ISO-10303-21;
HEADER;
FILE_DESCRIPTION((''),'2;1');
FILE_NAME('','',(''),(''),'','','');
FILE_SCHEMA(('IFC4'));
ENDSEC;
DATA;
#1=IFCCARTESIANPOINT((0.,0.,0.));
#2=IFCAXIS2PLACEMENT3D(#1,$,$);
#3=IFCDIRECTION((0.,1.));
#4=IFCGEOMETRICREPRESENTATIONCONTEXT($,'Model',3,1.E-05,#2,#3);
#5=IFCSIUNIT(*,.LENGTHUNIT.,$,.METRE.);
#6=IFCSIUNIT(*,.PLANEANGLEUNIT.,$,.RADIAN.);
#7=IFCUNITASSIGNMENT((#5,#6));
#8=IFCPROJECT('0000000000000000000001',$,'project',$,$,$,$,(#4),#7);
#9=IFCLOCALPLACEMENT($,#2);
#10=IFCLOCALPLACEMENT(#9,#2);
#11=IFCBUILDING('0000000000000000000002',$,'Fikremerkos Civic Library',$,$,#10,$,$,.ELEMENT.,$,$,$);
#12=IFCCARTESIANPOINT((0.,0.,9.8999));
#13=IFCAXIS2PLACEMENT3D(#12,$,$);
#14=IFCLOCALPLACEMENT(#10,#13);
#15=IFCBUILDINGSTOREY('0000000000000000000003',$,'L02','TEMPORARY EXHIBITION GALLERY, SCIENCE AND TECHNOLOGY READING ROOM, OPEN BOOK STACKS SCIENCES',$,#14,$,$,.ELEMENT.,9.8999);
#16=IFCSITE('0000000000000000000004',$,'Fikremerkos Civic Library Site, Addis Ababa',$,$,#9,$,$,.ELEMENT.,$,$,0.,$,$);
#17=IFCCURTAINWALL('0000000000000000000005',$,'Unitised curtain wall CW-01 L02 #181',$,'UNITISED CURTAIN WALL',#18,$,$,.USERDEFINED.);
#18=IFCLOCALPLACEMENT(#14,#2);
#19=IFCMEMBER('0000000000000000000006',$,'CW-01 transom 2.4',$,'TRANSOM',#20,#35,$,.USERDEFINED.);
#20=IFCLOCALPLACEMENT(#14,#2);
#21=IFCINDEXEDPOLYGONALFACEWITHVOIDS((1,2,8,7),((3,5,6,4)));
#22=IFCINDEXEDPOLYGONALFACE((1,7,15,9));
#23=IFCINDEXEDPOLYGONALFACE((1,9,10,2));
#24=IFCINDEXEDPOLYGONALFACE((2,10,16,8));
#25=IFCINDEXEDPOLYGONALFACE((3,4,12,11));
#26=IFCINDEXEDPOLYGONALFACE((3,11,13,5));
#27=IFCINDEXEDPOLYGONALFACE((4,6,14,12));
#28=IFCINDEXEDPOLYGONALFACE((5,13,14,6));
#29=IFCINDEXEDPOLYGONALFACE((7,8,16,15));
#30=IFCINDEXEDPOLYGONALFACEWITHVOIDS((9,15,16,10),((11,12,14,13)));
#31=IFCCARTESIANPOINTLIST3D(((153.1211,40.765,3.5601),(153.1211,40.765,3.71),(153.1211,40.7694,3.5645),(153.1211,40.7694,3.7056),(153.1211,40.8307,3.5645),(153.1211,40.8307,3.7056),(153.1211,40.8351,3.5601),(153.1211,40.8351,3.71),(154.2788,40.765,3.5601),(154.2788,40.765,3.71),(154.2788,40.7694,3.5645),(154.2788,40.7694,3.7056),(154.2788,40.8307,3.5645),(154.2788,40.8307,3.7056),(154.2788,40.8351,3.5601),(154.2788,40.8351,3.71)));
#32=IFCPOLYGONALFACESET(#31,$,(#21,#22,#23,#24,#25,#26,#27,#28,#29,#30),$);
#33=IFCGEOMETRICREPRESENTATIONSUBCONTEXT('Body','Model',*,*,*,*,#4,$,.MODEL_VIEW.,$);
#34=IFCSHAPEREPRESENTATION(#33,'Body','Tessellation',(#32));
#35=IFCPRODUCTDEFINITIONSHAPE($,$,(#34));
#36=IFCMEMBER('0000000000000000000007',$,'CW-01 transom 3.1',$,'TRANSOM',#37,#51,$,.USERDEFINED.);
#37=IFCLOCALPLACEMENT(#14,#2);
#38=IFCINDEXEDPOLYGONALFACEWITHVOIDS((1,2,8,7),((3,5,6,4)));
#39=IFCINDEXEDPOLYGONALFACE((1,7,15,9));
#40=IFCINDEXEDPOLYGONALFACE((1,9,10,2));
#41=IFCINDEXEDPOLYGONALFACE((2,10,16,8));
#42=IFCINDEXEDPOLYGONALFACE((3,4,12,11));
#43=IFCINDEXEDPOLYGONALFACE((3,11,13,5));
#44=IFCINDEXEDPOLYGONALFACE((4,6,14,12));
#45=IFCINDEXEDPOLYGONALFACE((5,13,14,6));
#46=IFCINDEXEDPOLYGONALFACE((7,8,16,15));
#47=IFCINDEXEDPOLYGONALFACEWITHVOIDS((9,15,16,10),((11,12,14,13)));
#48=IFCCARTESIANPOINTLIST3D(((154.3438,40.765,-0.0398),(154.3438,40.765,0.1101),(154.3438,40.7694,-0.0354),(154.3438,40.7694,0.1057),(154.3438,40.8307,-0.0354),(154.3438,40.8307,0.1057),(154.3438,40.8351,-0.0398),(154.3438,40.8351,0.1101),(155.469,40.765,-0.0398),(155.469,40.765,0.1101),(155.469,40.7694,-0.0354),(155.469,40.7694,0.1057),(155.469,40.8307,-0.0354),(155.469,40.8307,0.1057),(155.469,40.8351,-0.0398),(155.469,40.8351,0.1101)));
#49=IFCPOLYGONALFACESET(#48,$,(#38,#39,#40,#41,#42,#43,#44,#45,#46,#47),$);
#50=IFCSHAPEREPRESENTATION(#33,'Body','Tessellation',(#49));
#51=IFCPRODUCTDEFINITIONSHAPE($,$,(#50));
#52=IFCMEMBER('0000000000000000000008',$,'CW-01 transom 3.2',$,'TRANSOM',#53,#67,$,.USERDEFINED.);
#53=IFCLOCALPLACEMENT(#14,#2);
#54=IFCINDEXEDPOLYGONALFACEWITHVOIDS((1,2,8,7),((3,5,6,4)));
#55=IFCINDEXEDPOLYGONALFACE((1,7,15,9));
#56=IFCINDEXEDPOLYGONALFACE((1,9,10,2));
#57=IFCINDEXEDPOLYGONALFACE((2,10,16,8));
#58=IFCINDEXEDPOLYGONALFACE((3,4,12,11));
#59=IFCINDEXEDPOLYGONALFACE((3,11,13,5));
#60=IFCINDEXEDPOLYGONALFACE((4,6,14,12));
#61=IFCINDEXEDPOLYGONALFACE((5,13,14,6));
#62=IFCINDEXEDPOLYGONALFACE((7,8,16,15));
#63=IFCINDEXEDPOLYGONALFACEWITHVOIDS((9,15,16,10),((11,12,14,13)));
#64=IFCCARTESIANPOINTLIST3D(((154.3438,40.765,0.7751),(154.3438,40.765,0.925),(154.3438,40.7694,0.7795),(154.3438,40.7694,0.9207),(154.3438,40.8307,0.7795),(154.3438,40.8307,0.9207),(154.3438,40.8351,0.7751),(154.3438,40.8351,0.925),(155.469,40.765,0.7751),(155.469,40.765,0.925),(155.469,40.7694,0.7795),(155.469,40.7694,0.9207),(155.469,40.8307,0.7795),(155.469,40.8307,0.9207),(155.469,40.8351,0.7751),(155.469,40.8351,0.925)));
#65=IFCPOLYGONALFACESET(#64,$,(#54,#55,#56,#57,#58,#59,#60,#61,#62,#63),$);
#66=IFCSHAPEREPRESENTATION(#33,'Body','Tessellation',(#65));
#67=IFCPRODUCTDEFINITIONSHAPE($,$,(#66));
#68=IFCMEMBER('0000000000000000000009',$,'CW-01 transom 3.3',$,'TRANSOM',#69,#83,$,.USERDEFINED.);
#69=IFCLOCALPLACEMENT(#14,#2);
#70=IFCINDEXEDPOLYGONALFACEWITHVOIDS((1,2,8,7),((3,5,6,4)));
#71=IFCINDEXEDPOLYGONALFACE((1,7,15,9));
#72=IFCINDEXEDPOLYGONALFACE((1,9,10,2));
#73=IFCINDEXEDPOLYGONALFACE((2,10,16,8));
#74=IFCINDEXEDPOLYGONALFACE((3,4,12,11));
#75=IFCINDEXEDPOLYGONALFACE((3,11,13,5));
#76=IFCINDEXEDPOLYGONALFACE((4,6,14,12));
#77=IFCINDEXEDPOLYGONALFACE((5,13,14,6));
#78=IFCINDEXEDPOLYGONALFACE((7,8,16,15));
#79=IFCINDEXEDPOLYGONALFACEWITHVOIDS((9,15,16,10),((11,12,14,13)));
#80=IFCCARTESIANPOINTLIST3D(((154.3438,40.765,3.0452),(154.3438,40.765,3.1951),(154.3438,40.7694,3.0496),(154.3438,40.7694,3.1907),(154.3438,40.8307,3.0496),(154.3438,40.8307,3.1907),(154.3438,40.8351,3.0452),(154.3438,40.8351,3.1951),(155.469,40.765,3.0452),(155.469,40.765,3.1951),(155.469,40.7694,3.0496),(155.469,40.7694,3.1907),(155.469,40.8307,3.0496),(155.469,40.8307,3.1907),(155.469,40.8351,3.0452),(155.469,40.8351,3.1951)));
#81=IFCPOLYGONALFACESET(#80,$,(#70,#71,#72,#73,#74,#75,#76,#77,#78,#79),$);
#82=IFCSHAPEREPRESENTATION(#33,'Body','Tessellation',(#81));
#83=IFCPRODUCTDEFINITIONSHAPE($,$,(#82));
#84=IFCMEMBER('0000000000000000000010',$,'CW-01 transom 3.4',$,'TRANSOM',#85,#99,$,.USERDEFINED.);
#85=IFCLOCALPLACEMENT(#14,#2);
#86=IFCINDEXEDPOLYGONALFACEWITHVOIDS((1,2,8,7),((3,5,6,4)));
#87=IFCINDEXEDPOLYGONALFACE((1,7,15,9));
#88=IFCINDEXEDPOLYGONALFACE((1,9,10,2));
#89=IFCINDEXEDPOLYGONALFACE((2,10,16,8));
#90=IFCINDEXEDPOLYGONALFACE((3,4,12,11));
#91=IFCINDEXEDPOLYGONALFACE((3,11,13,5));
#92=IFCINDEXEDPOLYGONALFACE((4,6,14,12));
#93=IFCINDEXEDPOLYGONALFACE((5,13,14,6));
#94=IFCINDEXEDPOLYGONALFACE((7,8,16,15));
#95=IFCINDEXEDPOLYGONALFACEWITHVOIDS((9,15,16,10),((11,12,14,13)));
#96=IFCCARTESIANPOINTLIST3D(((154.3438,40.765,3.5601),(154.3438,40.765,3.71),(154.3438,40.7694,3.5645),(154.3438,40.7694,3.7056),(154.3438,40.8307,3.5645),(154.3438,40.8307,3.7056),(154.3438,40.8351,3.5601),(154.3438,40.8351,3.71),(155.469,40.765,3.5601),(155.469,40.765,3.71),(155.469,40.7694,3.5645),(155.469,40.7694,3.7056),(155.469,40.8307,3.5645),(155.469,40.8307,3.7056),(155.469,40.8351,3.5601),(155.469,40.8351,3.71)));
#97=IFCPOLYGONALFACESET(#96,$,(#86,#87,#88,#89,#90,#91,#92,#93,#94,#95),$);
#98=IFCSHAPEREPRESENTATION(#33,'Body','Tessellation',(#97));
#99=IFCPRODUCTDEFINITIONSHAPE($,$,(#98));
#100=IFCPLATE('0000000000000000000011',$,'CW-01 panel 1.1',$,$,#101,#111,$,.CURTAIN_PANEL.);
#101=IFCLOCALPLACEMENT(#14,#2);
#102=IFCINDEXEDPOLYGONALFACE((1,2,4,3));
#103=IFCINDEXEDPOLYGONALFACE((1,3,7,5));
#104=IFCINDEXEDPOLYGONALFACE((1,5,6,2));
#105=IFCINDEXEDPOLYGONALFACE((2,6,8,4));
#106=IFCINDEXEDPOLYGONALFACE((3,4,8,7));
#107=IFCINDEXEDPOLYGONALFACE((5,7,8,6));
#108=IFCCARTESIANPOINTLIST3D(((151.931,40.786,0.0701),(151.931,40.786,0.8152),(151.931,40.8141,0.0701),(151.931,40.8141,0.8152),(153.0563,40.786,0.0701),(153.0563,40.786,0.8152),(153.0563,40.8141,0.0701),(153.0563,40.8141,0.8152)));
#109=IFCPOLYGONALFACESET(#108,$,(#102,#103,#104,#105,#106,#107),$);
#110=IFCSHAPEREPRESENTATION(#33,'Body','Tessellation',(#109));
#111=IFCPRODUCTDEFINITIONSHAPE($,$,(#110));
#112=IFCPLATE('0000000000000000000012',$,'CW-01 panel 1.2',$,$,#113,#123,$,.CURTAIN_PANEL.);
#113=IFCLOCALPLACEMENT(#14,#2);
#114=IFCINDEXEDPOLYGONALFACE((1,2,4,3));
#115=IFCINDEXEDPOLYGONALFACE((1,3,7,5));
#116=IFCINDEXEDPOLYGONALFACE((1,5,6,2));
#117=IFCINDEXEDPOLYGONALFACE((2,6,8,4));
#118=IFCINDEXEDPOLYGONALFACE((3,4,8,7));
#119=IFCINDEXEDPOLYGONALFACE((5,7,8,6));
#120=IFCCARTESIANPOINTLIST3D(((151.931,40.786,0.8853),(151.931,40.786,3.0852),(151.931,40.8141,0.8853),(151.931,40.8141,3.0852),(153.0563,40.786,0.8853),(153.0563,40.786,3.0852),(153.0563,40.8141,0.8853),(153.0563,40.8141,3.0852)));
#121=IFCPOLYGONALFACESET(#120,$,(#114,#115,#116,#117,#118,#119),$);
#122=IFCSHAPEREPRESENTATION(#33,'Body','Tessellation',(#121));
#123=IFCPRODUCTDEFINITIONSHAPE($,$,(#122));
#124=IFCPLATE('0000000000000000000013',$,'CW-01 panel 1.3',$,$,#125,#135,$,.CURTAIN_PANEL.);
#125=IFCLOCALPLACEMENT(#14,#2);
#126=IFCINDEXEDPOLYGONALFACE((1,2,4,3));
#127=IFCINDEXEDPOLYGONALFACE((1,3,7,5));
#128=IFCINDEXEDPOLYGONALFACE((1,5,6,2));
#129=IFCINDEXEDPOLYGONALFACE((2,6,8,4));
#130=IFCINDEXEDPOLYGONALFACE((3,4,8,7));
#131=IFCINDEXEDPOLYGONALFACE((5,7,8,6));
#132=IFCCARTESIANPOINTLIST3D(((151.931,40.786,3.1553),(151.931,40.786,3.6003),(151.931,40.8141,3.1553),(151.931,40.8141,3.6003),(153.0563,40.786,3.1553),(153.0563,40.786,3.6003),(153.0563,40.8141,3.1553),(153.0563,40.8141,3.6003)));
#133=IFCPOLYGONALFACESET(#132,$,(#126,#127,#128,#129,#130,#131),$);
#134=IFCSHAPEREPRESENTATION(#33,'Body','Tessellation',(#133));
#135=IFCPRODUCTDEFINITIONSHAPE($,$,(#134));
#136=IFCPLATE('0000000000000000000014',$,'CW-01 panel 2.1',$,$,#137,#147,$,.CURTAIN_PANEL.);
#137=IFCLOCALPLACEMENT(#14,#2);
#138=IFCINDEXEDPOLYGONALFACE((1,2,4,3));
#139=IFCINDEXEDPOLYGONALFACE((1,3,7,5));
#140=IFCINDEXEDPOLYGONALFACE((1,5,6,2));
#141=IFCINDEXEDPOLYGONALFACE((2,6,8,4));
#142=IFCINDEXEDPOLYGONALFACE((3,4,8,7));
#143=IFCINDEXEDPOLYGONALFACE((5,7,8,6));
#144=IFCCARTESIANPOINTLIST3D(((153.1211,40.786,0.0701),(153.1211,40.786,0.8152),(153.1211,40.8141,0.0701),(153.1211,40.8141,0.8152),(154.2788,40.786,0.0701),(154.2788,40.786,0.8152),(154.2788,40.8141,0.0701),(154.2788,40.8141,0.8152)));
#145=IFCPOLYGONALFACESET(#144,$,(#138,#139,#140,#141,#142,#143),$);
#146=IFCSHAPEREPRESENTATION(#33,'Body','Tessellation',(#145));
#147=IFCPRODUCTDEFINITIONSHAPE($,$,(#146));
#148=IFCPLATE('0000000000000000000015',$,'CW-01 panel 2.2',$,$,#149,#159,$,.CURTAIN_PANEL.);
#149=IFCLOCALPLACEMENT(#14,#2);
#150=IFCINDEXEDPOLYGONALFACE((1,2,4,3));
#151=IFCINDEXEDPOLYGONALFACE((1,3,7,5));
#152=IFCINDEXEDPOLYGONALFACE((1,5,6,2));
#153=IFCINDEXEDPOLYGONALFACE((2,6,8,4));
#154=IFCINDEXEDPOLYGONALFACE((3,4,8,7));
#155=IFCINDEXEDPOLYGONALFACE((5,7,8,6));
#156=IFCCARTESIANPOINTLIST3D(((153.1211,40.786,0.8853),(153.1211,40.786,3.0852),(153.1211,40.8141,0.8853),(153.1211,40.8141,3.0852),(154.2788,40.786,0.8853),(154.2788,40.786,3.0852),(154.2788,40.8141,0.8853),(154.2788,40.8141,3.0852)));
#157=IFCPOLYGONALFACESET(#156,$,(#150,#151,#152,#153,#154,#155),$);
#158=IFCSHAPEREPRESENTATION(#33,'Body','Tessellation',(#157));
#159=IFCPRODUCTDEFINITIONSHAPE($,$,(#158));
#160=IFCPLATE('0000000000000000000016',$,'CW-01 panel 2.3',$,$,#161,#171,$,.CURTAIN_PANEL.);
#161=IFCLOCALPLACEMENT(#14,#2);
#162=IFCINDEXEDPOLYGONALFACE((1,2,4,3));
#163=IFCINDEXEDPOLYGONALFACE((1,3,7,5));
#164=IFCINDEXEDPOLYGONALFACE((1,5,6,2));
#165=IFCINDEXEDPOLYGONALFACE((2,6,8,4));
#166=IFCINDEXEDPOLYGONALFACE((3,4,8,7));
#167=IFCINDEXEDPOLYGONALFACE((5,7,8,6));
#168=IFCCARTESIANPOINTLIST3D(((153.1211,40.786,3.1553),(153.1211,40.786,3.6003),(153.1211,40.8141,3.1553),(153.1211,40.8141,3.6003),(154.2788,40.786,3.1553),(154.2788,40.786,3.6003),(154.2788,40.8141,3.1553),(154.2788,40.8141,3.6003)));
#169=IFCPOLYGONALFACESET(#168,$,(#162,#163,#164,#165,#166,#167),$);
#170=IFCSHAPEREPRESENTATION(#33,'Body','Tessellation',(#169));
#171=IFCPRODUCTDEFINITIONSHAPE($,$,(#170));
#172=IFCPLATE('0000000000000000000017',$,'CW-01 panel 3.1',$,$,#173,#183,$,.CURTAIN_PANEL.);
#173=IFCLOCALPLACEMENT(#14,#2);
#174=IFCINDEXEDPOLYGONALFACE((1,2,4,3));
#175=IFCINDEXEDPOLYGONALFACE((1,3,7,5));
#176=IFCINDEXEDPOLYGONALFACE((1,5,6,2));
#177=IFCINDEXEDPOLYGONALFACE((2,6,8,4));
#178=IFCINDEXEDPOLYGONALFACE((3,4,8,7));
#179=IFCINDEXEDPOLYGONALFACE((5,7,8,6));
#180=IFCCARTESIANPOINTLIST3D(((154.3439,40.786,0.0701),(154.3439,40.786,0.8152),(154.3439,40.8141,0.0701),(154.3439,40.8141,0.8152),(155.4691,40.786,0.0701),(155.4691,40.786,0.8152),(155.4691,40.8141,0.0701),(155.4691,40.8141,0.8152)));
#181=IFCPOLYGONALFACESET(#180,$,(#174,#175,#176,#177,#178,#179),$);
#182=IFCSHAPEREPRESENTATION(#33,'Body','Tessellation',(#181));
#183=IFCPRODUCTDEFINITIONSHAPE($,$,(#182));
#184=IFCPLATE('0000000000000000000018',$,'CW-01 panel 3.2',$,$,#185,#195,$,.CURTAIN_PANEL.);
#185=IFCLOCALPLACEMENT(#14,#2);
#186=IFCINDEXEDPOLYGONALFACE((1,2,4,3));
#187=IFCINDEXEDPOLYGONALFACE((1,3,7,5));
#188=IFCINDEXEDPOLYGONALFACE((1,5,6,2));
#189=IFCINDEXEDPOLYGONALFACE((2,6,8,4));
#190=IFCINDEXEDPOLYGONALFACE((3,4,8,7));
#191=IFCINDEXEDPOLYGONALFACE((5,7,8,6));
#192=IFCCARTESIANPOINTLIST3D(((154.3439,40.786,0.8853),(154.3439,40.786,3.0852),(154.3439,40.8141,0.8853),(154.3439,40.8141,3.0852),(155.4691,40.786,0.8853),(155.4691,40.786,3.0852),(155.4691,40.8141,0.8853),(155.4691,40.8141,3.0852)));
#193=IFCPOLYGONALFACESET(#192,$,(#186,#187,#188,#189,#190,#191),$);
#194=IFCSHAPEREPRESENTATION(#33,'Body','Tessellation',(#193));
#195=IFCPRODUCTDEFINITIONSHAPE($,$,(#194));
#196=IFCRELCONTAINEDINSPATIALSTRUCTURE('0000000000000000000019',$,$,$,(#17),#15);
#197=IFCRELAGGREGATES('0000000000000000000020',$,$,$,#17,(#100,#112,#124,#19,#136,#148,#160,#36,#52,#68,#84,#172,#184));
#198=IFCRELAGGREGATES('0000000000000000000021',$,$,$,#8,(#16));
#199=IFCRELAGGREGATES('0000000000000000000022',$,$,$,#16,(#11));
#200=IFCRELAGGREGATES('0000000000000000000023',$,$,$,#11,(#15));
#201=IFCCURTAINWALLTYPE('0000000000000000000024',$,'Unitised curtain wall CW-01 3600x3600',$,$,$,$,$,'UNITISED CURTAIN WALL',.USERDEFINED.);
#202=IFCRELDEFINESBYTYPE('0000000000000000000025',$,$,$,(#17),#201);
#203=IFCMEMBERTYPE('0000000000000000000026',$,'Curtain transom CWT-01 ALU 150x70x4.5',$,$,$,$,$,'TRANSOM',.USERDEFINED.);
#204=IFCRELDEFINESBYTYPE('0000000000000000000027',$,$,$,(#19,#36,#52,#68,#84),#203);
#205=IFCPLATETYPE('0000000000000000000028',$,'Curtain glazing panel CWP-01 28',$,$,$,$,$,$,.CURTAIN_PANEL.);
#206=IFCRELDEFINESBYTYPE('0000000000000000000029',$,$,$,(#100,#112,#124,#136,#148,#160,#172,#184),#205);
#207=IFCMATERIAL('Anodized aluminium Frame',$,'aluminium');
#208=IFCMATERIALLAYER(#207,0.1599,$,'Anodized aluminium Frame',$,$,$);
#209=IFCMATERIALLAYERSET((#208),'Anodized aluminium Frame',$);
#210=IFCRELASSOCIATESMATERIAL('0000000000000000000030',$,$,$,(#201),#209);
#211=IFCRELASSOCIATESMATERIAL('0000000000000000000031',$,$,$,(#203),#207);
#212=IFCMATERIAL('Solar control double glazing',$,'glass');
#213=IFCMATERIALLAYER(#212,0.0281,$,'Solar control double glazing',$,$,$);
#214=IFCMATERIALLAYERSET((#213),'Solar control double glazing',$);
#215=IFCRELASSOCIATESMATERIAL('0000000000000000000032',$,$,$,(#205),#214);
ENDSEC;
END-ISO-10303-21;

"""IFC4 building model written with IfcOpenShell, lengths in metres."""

from ifc_helpers import new_model, si_unit, direction, frame, origin, origin_2d, place, context, subcontext, project, spatial, rectangle, hollow_rectangle, extrude, material, layer, layer_set, material_profile, profile_set, type_object, element, aggregate, save


model = new_model("IFC4")

# Units and contexts
model_context = context("Model", 3, precision=1e-05, world=origin(), true_north=direction((0.0, 1.0)))
body_context = subcontext(model_context, "Body", "Model", "MODEL_VIEW")
ifc_project = project(units=[si_unit("LENGTHUNIT", "METRE"), si_unit("PLANEANGLEUNIT", "RADIAN")], contexts=[model_context])

# Site, building, storey
site_placement = place(None, origin())
site = spatial("IfcSite", under=ifc_project, at=site_placement, Name="Fikremerkos Civic Library Site, Addis Ababa", CompositionType="ELEMENT", RefElevation=0.0)
building_placement = place(site_placement, origin())
building = spatial("IfcBuilding", under=site, at=building_placement, Name="Fikremerkos Civic Library", CompositionType="ELEMENT")
storey_placement = place(building_placement, frame((0.0, 0.0, 9.8999)))
storey = spatial("IfcBuildingStorey", under=building, at=storey_placement, Name="L02", Description="TEMPORARY EXHIBITION GALLERY, SCIENCE AND TECHNOLOGY READING ROOM, OPEN BOOK STACKS SCIENCES", CompositionType="ELEMENT", Elevation=9.8999)

# Curtain wall
ifc_material_1 = material(Name="Anodized aluminium Frame", Category="aluminium")
ifc_layer_1 = layer(ifc_material_1, 0.1599, Name="Anodized aluminium Frame")
ifc_layer_set_1 = layer_set([ifc_layer_1], Name="Anodized aluminium Frame")
curtain_wall_type_1 = type_object("IfcCurtainWallType", Name="Unitised curtain wall CW-01 3600x3600", ElementType="UNITISED CURTAIN WALL", PredefinedType="USERDEFINED", material=ifc_layer_set_1)
curtain_wall_1_placement = place(storey_placement, origin())
curtain_wall_1 = element("IfcCurtainWall", 1, at=curtain_wall_1_placement, inside=storey, type_object=curtain_wall_type_1, Name="Unitised curtain wall CW-01 L02 #181", ObjectType="UNITISED CURTAIN WALL", PredefinedType="USERDEFINED")

# Members
ifc_material_profile_1 = material_profile(ifc_material_1, hollow_rectangle(XDim=0.0701, YDim=0.1499, WallThickness=0.0044, at=origin_2d()), Name="ALU 150x70x4.5")
ifc_profile_set_1 = profile_set([ifc_material_profile_1], Name="Anodized aluminium Frame")
member_type_1 = type_object("IfcMemberType", Name="Curtain transom CWT-01 ALU 150x70x4.5", ElementType="TRANSOM", PredefinedType="USERDEFINED", material=ifc_profile_set_1)
member_1_placement = place(storey_placement, frame((153.1211, 40.8, 3.635), z_axis=(1.0, 0.0, 0.0), x_axis=(0.0, 1.0, 0.0)))
member_1 = element("IfcMember", 2, at=member_1_placement, type_object=member_type_1, Name="CW-01 transom 2.4", ObjectType="TRANSOM", PredefinedType="USERDEFINED", context=body_context, shape_type="SweptSolid", body=[
    extrude(hollow_rectangle(XDim=0.0701, YDim=0.1499, WallThickness=0.0044, at=origin_2d()), origin(), (0.0, 0.0, 1.0), 1.1577),
])
member_2_placement = place(storey_placement, frame((154.3438, 40.8, 0.0352), z_axis=(1.0, 0.0, 0.0), x_axis=(0.0, 1.0, 0.0)))
member_2 = element("IfcMember", 3, at=member_2_placement, type_object=member_type_1, Name="CW-01 transom 3.1", ObjectType="TRANSOM", PredefinedType="USERDEFINED", context=body_context, shape_type="SweptSolid", body=[
    extrude(hollow_rectangle(XDim=0.0701, YDim=0.1499, WallThickness=0.0044, at=origin_2d()), origin(), (0.0, 0.0, 1.0), 1.1252),
])
member_3_placement = place(storey_placement, frame((154.3438, 40.8, 0.8501), z_axis=(1.0, 0.0, 0.0), x_axis=(0.0, 1.0, 0.0)))
member_3 = element("IfcMember", 4, at=member_3_placement, type_object=member_type_1, Name="CW-01 transom 3.2", ObjectType="TRANSOM", PredefinedType="USERDEFINED", context=body_context, shape_type="SweptSolid", body=[
    extrude(hollow_rectangle(XDim=0.0701, YDim=0.1499, WallThickness=0.0044, at=origin_2d()), origin(), (0.0, 0.0, 1.0), 1.1252),
])
member_4_placement = place(storey_placement, frame((154.3438, 40.8, 3.1201), z_axis=(1.0, 0.0, 0.0), x_axis=(0.0, 1.0, 0.0)))
member_4 = element("IfcMember", 5, at=member_4_placement, type_object=member_type_1, Name="CW-01 transom 3.3", ObjectType="TRANSOM", PredefinedType="USERDEFINED", context=body_context, shape_type="SweptSolid", body=[
    extrude(hollow_rectangle(XDim=0.0701, YDim=0.1499, WallThickness=0.0044, at=origin_2d()), origin(), (0.0, 0.0, 1.0), 1.1252),
])
member_5_placement = place(storey_placement, frame((154.3438, 40.8, 3.635), z_axis=(1.0, 0.0, 0.0), x_axis=(0.0, 1.0, 0.0)))
member_5 = element("IfcMember", 6, at=member_5_placement, type_object=member_type_1, Name="CW-01 transom 3.4", ObjectType="TRANSOM", PredefinedType="USERDEFINED", context=body_context, shape_type="SweptSolid", body=[
    extrude(hollow_rectangle(XDim=0.0701, YDim=0.1499, WallThickness=0.0044, at=origin_2d()), origin(), (0.0, 0.0, 1.0), 1.1252),
])

# Plates
ifc_material_2 = material(Name="Solar control double glazing", Category="glass")
ifc_layer_2 = layer(ifc_material_2, 0.0281, Name="Solar control double glazing")
ifc_layer_set_2 = layer_set([ifc_layer_2], Name="Solar control double glazing")
plate_type = type_object("IfcPlateType", Name="Curtain glazing panel CWP-01 28", PredefinedType="CURTAIN_PANEL", material=ifc_layer_set_2)
plate_1_placement = place(storey_placement, frame((152.4937, 40.8, 0.0701), z_axis=(0.0, 0.0, 1.0), x_axis=(1.0, 0.0, 0.0)))
plate_1 = element("IfcPlate", 7, at=plate_1_placement, type_object=plate_type, Name="CW-01 panel 1.1", PredefinedType="CURTAIN_PANEL", context=body_context, shape_type="SweptSolid", body=[
    extrude(rectangle(XDim=1.1252, YDim=0.0281, at=origin_2d()), origin(), (0.0, 0.0, 1.0), 0.7451),
])
plate_2_placement = place(storey_placement, frame((152.4937, 40.8, 0.8853), z_axis=(0.0, 0.0, 1.0), x_axis=(1.0, 0.0, 0.0)))
plate_2 = element("IfcPlate", 8, at=plate_2_placement, type_object=plate_type, Name="CW-01 panel 1.2", PredefinedType="CURTAIN_PANEL", context=body_context, shape_type="SweptSolid", body=[
    extrude(rectangle(XDim=1.1252, YDim=0.0281, at=origin_2d()), origin(), (0.0, 0.0, 1.0), 2.2),
])
plate_3_placement = place(storey_placement, frame((152.4937, 40.8, 3.1553), z_axis=(0.0, 0.0, 1.0), x_axis=(1.0, 0.0, 0.0)))
plate_3 = element("IfcPlate", 9, at=plate_3_placement, type_object=plate_type, Name="CW-01 panel 1.3", PredefinedType="CURTAIN_PANEL", context=body_context, shape_type="SweptSolid", body=[
    extrude(rectangle(XDim=1.1252, YDim=0.0281, at=origin_2d()), origin(), (0.0, 0.0, 1.0), 0.4451),
])
plate_4_placement = place(storey_placement, frame((153.7, 40.8, 0.0701), z_axis=(0.0, 0.0, 1.0), x_axis=(1.0, 0.0, 0.0)))
plate_4 = element("IfcPlate", 10, at=plate_4_placement, type_object=plate_type, Name="CW-01 panel 2.1", PredefinedType="CURTAIN_PANEL", context=body_context, shape_type="SweptSolid", body=[
    extrude(rectangle(XDim=1.1577, YDim=0.0281, at=origin_2d()), origin(), (0.0, 0.0, 1.0), 0.7451),
])
plate_5_placement = place(storey_placement, frame((153.7, 40.8, 0.8853), z_axis=(0.0, 0.0, 1.0), x_axis=(1.0, 0.0, 0.0)))
plate_5 = element("IfcPlate", 11, at=plate_5_placement, type_object=plate_type, Name="CW-01 panel 2.2", PredefinedType="CURTAIN_PANEL", context=body_context, shape_type="SweptSolid", body=[
    extrude(rectangle(XDim=1.1577, YDim=0.0281, at=origin_2d()), origin(), (0.0, 0.0, 1.0), 2.2),
])
plate_6_placement = place(storey_placement, frame((153.7, 40.8, 3.1553), z_axis=(0.0, 0.0, 1.0), x_axis=(1.0, 0.0, 0.0)))
plate_6 = element("IfcPlate", 12, at=plate_6_placement, type_object=plate_type, Name="CW-01 panel 2.3", PredefinedType="CURTAIN_PANEL", context=body_context, shape_type="SweptSolid", body=[
    extrude(rectangle(XDim=1.1577, YDim=0.0281, at=origin_2d()), origin(), (0.0, 0.0, 1.0), 0.4451),
])
plate_7_placement = place(storey_placement, frame((154.9065, 40.8, 0.0701), z_axis=(0.0, 0.0, 1.0), x_axis=(1.0, 0.0, 0.0)))
plate_7 = element("IfcPlate", 13, at=plate_7_placement, type_object=plate_type, Name="CW-01 panel 3.1", PredefinedType="CURTAIN_PANEL", context=body_context, shape_type="SweptSolid", body=[
    extrude(rectangle(XDim=1.1252, YDim=0.0281, at=origin_2d()), origin(), (0.0, 0.0, 1.0), 0.7451),
])
plate_8_placement = place(storey_placement, frame((154.9065, 40.8, 0.8853), z_axis=(0.0, 0.0, 1.0), x_axis=(1.0, 0.0, 0.0)))
plate_8 = element("IfcPlate", 14, at=plate_8_placement, type_object=plate_type, Name="CW-01 panel 3.2", PredefinedType="CURTAIN_PANEL", context=body_context, shape_type="SweptSolid", body=[
    extrude(rectangle(XDim=1.1252, YDim=0.0281, at=origin_2d()), origin(), (0.0, 0.0, 1.0), 2.2),
])
aggregate(curtain_wall_1, [plate_1, plate_2, plate_3, member_1, plate_4, plate_5, plate_6, member_2, member_3, member_4, member_5, plate_7, plate_8])

save(model, "model.ifc")
